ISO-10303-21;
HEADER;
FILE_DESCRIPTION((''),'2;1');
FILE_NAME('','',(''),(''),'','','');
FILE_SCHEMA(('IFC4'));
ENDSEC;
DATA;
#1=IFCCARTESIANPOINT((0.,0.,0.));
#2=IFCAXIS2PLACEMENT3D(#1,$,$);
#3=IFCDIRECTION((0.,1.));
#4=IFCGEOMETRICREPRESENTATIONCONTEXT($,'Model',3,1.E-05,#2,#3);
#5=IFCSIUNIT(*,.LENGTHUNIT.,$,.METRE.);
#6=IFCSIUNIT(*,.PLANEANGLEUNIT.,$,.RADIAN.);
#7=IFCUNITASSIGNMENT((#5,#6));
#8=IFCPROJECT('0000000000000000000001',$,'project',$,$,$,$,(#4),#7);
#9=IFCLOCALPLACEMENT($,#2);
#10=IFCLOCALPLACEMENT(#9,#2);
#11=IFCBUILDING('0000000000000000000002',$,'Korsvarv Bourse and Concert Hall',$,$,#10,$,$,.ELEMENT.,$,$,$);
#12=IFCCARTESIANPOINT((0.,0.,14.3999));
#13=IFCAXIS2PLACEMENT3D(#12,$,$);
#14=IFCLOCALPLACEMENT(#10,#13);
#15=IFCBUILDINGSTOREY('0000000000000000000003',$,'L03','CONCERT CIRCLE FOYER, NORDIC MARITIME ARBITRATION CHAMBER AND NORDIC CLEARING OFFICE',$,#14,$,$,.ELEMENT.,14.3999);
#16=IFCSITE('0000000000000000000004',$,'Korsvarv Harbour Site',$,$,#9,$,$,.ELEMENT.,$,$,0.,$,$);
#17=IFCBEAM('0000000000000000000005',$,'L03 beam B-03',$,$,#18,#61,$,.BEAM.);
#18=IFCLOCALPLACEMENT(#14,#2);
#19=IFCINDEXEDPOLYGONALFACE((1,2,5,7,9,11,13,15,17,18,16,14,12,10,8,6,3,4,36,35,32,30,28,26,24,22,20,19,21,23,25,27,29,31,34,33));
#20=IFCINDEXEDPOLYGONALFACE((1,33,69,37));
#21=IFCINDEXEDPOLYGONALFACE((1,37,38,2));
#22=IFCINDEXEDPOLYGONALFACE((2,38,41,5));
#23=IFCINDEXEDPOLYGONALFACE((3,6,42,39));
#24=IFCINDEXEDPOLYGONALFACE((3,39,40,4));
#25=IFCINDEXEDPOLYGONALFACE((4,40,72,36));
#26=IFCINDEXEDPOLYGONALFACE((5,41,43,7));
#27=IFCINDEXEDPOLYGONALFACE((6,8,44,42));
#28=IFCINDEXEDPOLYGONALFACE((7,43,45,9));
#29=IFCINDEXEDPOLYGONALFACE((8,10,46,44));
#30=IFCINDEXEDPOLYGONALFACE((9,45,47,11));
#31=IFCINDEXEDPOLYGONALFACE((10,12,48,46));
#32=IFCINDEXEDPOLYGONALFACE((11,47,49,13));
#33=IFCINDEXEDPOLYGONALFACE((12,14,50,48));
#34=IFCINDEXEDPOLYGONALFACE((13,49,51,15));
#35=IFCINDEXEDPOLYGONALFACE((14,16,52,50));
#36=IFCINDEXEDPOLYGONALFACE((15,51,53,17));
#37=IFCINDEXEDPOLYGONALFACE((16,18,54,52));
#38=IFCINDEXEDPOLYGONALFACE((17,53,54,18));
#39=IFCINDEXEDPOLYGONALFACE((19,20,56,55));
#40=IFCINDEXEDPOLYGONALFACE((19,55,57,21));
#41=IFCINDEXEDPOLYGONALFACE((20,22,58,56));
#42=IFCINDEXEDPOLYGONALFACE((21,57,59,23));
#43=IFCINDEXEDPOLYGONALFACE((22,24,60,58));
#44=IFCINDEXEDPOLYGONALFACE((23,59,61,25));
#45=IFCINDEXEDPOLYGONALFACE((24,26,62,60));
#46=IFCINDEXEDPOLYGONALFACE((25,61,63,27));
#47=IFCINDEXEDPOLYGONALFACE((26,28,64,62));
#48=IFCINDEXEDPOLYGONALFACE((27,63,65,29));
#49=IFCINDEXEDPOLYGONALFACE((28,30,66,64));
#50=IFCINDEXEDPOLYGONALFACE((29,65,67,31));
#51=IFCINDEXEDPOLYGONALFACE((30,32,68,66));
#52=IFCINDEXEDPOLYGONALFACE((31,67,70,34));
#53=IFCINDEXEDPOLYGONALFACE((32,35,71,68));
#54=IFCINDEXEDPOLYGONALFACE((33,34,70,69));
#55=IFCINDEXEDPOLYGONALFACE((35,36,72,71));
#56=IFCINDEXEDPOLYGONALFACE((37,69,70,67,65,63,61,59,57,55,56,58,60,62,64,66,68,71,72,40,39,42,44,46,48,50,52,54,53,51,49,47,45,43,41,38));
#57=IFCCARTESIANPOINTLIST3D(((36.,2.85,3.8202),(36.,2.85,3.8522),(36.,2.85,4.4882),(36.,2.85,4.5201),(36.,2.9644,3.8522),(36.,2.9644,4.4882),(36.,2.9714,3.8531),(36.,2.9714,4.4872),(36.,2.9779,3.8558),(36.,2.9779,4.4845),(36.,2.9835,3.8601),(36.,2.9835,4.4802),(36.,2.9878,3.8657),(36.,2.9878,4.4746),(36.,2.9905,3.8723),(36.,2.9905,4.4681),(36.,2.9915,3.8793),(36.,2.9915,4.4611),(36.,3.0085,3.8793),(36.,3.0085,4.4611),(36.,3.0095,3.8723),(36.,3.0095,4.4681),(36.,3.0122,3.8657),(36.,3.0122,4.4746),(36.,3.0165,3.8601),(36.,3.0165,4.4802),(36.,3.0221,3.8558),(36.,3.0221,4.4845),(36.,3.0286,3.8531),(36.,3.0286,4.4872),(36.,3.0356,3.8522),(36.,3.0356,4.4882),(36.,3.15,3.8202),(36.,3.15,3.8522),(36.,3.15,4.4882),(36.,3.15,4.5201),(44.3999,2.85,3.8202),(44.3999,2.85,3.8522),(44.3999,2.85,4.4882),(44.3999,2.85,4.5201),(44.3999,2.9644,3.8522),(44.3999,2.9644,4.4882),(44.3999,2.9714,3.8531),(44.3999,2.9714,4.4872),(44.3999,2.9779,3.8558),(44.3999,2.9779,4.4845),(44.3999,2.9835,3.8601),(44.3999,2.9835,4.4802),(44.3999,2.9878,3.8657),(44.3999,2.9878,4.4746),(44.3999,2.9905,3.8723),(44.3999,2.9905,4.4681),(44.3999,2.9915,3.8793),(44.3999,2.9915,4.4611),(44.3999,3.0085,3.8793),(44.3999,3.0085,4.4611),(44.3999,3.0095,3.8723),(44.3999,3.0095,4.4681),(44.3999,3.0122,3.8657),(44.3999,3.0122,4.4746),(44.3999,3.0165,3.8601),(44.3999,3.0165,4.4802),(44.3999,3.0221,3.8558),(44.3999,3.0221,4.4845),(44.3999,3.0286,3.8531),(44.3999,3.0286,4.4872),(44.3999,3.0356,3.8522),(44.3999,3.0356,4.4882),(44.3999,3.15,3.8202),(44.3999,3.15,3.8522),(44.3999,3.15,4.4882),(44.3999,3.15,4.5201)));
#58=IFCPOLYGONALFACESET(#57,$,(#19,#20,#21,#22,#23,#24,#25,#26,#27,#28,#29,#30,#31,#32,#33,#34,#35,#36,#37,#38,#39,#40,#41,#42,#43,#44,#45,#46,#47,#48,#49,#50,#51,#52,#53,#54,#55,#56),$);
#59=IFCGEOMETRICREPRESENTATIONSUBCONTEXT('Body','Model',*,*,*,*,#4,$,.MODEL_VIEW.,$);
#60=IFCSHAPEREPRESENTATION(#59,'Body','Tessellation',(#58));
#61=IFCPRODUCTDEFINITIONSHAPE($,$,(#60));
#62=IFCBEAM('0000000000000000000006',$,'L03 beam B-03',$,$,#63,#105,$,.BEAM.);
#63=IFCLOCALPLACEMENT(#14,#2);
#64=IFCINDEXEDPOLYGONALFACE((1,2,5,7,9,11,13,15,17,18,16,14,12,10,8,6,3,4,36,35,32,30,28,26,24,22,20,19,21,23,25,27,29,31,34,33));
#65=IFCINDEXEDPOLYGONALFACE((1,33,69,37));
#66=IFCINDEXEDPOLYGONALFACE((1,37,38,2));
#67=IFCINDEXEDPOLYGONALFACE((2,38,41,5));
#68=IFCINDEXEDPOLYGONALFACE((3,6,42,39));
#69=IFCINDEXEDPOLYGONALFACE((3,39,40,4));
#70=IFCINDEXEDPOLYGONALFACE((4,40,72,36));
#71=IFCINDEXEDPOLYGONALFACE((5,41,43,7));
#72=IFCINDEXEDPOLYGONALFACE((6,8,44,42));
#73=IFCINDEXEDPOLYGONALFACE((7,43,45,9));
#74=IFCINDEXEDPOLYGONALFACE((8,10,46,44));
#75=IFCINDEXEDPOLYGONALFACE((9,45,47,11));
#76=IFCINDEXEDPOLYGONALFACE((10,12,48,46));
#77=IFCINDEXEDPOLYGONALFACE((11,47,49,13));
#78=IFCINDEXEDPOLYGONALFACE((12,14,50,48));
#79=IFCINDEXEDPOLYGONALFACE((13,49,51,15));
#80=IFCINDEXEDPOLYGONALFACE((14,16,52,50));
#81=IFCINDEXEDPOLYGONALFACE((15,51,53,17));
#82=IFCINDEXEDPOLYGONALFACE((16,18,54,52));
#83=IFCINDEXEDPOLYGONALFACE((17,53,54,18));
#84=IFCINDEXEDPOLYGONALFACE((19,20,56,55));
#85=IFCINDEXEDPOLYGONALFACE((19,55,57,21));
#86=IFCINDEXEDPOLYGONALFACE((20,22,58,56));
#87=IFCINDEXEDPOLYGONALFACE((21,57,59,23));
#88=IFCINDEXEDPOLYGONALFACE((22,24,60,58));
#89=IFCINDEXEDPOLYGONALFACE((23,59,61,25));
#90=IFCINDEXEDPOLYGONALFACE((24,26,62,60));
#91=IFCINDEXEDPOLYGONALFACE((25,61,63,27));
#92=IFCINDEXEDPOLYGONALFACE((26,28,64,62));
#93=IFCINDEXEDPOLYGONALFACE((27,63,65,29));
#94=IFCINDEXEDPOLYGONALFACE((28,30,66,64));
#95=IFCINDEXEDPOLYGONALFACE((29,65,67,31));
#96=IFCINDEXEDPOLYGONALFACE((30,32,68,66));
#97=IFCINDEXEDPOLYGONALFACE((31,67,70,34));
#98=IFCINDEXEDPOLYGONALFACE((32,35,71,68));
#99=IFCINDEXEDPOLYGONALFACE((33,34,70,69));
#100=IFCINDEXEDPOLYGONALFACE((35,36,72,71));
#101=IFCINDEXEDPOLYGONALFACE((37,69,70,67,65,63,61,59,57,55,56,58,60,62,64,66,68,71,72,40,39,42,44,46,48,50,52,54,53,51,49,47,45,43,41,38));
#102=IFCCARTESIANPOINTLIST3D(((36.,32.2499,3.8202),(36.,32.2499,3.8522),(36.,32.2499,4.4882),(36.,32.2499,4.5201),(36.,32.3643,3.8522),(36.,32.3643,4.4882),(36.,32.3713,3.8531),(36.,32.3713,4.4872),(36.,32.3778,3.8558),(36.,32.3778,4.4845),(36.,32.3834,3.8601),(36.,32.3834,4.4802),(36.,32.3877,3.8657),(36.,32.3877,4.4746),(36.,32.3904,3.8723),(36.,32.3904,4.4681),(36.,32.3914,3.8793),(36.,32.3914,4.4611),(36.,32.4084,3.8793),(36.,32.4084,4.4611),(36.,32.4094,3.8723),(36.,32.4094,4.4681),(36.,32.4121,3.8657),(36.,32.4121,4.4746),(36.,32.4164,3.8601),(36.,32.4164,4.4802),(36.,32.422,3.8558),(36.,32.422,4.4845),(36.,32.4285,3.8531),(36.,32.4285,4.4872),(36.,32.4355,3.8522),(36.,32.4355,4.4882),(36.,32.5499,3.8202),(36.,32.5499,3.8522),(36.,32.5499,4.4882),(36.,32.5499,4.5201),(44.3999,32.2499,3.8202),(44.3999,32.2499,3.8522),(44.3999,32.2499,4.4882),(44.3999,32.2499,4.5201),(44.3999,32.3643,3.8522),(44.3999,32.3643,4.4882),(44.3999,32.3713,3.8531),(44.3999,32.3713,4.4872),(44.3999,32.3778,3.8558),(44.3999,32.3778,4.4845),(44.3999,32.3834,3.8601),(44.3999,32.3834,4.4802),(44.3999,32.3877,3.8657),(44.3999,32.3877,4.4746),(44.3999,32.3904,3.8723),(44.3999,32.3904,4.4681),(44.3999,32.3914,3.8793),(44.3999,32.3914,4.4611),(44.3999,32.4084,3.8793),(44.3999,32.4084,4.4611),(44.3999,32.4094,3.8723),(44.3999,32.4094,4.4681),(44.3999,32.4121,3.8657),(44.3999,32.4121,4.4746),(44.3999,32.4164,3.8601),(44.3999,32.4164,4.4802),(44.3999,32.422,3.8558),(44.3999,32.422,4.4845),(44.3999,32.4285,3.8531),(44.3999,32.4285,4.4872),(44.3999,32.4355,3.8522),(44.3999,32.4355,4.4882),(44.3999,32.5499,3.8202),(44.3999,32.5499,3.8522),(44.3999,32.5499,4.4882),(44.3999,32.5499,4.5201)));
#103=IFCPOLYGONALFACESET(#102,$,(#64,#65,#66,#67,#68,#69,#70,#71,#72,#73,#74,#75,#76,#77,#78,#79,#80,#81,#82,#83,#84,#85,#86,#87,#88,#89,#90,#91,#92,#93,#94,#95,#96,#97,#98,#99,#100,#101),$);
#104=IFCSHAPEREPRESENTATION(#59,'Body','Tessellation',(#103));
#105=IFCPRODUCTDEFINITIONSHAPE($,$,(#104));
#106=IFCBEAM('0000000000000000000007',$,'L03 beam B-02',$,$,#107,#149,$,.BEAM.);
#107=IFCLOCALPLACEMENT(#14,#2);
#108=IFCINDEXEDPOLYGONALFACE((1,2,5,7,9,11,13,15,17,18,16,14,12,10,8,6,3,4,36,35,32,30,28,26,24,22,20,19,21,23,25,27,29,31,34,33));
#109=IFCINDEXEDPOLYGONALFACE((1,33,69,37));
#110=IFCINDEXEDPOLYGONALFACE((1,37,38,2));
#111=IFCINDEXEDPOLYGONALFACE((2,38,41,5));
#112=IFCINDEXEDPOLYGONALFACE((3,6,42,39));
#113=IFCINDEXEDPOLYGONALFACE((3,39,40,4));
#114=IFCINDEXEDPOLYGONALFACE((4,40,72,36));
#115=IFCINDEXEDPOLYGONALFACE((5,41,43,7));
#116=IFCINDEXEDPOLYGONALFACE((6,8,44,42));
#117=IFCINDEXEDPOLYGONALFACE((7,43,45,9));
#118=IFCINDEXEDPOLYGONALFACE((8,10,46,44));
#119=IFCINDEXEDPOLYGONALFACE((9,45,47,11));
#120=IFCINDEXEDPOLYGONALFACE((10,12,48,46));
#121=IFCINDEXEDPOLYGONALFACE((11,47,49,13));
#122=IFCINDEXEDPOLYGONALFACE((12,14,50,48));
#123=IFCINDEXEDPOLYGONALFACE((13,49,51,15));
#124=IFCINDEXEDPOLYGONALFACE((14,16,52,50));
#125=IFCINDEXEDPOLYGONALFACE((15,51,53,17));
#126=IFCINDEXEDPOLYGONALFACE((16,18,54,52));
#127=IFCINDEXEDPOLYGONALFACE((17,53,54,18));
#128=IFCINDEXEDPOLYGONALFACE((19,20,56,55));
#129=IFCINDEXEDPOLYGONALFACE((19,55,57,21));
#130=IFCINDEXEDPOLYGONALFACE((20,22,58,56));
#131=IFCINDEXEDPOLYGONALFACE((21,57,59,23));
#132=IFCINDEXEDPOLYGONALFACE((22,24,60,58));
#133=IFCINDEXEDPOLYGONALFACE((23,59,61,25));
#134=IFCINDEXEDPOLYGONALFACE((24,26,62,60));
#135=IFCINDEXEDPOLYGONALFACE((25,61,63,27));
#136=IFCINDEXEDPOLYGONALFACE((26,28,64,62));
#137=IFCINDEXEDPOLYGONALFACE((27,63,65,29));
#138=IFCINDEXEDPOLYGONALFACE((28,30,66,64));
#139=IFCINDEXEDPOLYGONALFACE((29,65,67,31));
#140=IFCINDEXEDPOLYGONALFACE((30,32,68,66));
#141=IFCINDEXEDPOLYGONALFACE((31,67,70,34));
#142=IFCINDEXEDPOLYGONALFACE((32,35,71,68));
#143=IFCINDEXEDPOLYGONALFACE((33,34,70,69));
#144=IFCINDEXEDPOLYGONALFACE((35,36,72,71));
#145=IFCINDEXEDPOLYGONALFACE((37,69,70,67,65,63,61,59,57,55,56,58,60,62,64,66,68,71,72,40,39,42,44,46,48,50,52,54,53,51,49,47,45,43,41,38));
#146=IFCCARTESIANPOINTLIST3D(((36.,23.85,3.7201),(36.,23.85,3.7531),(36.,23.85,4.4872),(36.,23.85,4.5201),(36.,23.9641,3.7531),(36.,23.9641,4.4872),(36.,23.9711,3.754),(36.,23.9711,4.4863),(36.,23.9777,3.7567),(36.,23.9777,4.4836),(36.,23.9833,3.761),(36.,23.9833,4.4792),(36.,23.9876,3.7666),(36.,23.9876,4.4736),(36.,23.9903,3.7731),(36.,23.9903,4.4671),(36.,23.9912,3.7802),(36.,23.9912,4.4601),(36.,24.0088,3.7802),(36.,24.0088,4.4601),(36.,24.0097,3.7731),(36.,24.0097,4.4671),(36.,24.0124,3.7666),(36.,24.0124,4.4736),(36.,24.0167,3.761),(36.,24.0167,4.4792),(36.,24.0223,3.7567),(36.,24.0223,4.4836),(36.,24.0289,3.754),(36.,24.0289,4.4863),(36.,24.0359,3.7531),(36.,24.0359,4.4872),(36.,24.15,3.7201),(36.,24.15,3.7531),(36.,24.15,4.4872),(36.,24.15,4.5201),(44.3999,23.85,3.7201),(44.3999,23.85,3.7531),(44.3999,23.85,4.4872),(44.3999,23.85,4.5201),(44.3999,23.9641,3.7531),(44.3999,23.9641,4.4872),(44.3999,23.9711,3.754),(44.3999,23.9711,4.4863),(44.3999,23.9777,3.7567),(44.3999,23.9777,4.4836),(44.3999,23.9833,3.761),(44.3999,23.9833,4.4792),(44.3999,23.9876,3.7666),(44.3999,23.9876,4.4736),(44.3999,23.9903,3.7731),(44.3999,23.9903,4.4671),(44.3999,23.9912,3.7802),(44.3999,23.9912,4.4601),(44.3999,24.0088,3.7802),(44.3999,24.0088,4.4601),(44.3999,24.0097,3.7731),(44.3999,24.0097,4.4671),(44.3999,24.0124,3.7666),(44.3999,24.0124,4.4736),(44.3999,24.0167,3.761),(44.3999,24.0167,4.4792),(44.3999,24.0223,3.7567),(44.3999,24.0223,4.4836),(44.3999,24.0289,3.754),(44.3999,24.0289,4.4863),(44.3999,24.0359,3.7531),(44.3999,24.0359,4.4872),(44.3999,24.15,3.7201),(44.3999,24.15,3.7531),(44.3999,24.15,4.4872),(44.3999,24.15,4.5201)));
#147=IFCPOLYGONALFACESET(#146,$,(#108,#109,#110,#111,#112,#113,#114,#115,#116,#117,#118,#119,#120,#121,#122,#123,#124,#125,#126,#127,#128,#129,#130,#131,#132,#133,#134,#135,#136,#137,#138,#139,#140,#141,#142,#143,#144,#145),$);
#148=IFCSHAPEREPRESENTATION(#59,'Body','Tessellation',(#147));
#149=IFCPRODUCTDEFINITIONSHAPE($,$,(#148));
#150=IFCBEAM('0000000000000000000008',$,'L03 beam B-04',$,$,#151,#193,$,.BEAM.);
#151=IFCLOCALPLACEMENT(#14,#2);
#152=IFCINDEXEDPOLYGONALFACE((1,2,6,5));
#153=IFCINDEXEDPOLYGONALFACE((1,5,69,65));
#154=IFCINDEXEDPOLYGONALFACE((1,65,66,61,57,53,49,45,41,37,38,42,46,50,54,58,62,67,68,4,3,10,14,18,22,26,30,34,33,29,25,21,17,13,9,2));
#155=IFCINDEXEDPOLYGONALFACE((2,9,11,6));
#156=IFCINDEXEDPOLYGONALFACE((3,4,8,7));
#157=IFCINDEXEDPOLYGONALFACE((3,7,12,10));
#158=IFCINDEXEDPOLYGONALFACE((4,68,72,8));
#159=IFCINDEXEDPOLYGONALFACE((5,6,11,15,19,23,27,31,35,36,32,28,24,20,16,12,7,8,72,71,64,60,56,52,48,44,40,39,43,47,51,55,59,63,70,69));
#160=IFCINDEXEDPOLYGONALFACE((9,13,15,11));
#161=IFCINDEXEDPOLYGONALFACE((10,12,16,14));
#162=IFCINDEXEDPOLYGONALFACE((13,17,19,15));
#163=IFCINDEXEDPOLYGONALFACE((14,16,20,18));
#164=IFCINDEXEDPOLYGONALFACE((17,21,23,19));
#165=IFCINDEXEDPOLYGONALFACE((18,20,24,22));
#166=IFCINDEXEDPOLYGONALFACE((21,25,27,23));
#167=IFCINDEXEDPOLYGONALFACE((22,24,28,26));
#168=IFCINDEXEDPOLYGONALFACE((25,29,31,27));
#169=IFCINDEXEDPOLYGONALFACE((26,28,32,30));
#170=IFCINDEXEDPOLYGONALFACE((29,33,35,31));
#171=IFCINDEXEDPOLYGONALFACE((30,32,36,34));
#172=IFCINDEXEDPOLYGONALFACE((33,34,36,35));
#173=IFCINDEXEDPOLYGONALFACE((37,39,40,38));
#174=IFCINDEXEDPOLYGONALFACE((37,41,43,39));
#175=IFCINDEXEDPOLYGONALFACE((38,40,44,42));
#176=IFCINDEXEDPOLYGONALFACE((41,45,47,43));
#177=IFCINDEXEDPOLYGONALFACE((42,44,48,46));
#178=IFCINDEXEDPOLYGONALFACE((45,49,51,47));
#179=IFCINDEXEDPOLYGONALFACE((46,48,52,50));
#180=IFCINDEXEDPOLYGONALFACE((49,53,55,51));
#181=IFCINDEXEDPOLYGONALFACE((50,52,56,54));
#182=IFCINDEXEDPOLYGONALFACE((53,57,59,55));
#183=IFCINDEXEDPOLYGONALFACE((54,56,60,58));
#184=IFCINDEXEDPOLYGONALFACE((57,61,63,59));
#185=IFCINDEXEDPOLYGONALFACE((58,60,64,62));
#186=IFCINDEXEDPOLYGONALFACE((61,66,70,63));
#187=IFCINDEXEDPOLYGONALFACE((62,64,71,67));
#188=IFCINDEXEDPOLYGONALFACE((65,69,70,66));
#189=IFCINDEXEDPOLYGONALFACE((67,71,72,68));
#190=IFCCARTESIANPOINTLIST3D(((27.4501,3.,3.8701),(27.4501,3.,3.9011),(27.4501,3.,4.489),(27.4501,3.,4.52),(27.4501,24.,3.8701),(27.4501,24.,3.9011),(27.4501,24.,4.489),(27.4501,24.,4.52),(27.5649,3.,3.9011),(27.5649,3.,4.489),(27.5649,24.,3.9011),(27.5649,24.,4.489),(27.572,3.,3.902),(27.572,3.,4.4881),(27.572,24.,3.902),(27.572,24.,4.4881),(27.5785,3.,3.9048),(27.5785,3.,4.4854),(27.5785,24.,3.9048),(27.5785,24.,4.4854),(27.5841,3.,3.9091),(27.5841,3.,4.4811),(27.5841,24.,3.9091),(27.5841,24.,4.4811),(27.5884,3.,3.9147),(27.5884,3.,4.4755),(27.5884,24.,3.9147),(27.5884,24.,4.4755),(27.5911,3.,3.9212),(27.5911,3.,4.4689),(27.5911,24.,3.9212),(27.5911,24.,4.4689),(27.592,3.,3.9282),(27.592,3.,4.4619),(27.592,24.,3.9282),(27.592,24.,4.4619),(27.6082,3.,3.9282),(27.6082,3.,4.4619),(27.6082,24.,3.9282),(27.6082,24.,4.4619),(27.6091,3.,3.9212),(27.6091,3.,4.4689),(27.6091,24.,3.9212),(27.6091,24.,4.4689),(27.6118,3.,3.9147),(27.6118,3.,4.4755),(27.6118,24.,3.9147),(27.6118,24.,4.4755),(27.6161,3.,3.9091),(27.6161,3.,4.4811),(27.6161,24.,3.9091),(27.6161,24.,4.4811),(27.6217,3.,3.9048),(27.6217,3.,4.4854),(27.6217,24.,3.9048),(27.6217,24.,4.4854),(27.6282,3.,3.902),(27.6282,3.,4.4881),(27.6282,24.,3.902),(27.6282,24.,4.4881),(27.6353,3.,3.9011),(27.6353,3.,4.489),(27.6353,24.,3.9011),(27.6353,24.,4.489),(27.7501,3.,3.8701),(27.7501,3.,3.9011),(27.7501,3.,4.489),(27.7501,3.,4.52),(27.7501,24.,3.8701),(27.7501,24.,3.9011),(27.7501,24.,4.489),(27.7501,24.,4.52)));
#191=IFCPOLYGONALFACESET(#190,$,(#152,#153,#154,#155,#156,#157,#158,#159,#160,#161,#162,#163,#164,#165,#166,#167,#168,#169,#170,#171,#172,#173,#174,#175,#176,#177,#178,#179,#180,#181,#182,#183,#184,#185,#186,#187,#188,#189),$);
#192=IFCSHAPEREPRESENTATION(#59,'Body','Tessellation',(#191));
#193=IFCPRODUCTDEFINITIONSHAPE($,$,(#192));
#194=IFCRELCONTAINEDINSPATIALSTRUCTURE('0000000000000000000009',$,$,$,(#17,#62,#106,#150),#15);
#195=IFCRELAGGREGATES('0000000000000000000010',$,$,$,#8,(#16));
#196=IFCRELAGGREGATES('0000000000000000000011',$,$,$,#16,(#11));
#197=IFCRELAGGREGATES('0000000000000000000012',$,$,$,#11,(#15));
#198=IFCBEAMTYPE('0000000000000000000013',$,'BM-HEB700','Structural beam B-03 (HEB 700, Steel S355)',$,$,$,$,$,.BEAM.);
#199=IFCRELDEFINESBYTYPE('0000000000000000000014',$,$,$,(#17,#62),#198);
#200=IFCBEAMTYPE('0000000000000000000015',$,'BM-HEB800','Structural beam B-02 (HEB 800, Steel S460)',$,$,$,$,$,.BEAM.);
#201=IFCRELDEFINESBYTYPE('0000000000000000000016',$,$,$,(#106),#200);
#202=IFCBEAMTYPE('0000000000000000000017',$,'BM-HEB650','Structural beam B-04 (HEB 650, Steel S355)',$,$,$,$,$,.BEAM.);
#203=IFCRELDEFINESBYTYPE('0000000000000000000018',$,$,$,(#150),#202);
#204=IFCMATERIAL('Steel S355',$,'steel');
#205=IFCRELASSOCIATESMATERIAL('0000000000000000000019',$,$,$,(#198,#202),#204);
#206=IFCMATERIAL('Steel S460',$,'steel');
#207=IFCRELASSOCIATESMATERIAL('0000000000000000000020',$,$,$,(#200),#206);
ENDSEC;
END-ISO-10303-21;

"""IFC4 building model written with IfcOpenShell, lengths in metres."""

from ifc_helpers import new_model, si_unit, direction, frame, origin, origin_2d, place, context, subcontext, project, spatial, i_section, extrude, source, transform, mapped, material, material_profile, profile_set, type_object, element, save


model = new_model("IFC4")

# Units and contexts
model_context = context("Model", 3, precision=1e-05, world=origin(), true_north=direction((0.0, 1.0)))
body_context = subcontext(model_context, "Body", "Model", "MODEL_VIEW")
ifc_project = project(units=[si_unit("LENGTHUNIT", "METRE"), si_unit("PLANEANGLEUNIT", "RADIAN")], contexts=[model_context])

# Site, building, storey
site_placement = place(None, origin())
site = spatial("IfcSite", under=ifc_project, at=site_placement, Name="Korsvarv Harbour Site", CompositionType="ELEMENT", RefElevation=0.0)
building_placement = place(site_placement, origin())
building = spatial("IfcBuilding", under=site, at=building_placement, Name="Korsvarv Bourse and Concert Hall", CompositionType="ELEMENT")
storey_placement = place(building_placement, frame((0.0, 0.0, 14.3999)))
storey = spatial("IfcBuildingStorey", under=building, at=storey_placement, Name="L03", Description="CONCERT CIRCLE FOYER, NORDIC MARITIME ARBITRATION CHAMBER AND NORDIC CLEARING OFFICE", CompositionType="ELEMENT", Elevation=14.3999)

# Shared definitions
ifc_material_1 = material(Name="Steel S460", Category="steel")

# Beams
ifc_material_2 = material(Name="Steel S355", Category="steel")
ifc_material_profile_1 = material_profile(ifc_material_2, i_section(OverallWidth=0.3, OverallDepth=0.7, WebThickness=0.0171, FlangeThickness=0.032, FilletRadius=0.0271, at=origin_2d()), Name="HEB 700")
ifc_profile_set_1 = profile_set([ifc_material_profile_1], Name="Steel S355")
beam_type_1 = type_object("IfcBeamType", Name="BM-HEB700", Description="Structural beam B-03 (HEB 700, Steel S355)", PredefinedType="BEAM", material=ifc_profile_set_1)
shared_shape_1 = source(origin(), body_context, "Body", "SweptSolid", [
    extrude(i_section(OverallWidth=0.3, OverallDepth=0.7, WebThickness=0.0171, FlangeThickness=0.032, FilletRadius=0.0271, at=origin_2d()), origin(), (0.0, 0.0, 1.0), 8.3999),
])
for number, where, z_axis, x_axis, name in (
    (1, (36.0, 3.0, 4.1702), (1.0, 0.0, 0.0), (0.0, 1.0, 0.0), "L03 beam B-03"),
    (2, (36.0, 32.3999, 4.1702), (1.0, 0.0, 0.0), (0.0, 1.0, 0.0), "L03 beam B-03"),
):
    element("IfcBeam", number, at=place(storey_placement, frame(where, z_axis=z_axis, x_axis=x_axis)), inside=storey, type_object=beam_type_1, Name=name, PredefinedType="BEAM", context=body_context, shape_type="MappedRepresentation", body=[
        mapped(shared_shape_1, transform((0.0, 0.0, 0.0), scale=1.0)),
    ])
ifc_material_profile_2 = material_profile(ifc_material_1, i_section(OverallWidth=0.3, OverallDepth=0.8, WebThickness=0.0176, FlangeThickness=0.033, FilletRadius=0.0271, at=origin_2d()), Name="HEB 800")
ifc_profile_set_2 = profile_set([ifc_material_profile_2], Name="Steel S460")
beam_type_2 = type_object("IfcBeamType", Name="BM-HEB800", Description="Structural beam B-02 (HEB 800, Steel S460)", PredefinedType="BEAM", material=ifc_profile_set_2)
shared_shape_2 = source(origin(), body_context, "Body", "SweptSolid", [
    extrude(i_section(OverallWidth=0.3, OverallDepth=0.8, WebThickness=0.0176, FlangeThickness=0.033, FilletRadius=0.0271, at=origin_2d()), origin(), (0.0, 0.0, 1.0), 8.3999),
])
beam_placement = place(storey_placement, frame((36.0, 24.0, 4.1201), z_axis=(1.0, 0.0, 0.0), x_axis=(0.0, 1.0, 0.0)))
element("IfcBeam", 3, at=beam_placement, inside=storey, type_object=beam_type_2, Name="L03 beam B-02", PredefinedType="BEAM", context=body_context, shape_type="MappedRepresentation", body=[
    mapped(shared_shape_2, transform((0.0, 0.0, 0.0), scale=1.0)),
])
ifc_material_profile_3 = material_profile(ifc_material_2, i_section(OverallWidth=0.3, OverallDepth=0.6499, WebThickness=0.0161, FlangeThickness=0.031, FilletRadius=0.0271, at=origin_2d()), Name="HEB 650")
ifc_profile_set_3 = profile_set([ifc_material_profile_3], Name="Steel S355")
beam_type_3 = type_object("IfcBeamType", Name="BM-HEB650", Description="Structural beam B-04 (HEB 650, Steel S355)", PredefinedType="BEAM", material=ifc_profile_set_3)
shared_shape_3 = source(origin(), body_context, "Body", "SweptSolid", [
    extrude(i_section(OverallWidth=0.3, OverallDepth=0.6499, WebThickness=0.0161, FlangeThickness=0.031, FilletRadius=0.0271, at=origin_2d()), origin(), (0.0, 0.0, 1.0), 21.0),
])
for number, where, z_axis, x_axis, name in (
    (4, (27.6001, 3.0, 4.1951), (0.0, 1.0, 0.0), (-1.0, 0.0, 0.0), "L03 beam B-04"),
):
    element("IfcBeam", number, at=place(storey_placement, frame(where, z_axis=z_axis, x_axis=x_axis)), inside=storey, type_object=beam_type_3, Name=name, PredefinedType="BEAM", context=body_context, shape_type="MappedRepresentation", body=[
        mapped(shared_shape_3, transform((0.0, 0.0, 0.0), scale=1.0)),
    ])

save(model, "model.ifc")
